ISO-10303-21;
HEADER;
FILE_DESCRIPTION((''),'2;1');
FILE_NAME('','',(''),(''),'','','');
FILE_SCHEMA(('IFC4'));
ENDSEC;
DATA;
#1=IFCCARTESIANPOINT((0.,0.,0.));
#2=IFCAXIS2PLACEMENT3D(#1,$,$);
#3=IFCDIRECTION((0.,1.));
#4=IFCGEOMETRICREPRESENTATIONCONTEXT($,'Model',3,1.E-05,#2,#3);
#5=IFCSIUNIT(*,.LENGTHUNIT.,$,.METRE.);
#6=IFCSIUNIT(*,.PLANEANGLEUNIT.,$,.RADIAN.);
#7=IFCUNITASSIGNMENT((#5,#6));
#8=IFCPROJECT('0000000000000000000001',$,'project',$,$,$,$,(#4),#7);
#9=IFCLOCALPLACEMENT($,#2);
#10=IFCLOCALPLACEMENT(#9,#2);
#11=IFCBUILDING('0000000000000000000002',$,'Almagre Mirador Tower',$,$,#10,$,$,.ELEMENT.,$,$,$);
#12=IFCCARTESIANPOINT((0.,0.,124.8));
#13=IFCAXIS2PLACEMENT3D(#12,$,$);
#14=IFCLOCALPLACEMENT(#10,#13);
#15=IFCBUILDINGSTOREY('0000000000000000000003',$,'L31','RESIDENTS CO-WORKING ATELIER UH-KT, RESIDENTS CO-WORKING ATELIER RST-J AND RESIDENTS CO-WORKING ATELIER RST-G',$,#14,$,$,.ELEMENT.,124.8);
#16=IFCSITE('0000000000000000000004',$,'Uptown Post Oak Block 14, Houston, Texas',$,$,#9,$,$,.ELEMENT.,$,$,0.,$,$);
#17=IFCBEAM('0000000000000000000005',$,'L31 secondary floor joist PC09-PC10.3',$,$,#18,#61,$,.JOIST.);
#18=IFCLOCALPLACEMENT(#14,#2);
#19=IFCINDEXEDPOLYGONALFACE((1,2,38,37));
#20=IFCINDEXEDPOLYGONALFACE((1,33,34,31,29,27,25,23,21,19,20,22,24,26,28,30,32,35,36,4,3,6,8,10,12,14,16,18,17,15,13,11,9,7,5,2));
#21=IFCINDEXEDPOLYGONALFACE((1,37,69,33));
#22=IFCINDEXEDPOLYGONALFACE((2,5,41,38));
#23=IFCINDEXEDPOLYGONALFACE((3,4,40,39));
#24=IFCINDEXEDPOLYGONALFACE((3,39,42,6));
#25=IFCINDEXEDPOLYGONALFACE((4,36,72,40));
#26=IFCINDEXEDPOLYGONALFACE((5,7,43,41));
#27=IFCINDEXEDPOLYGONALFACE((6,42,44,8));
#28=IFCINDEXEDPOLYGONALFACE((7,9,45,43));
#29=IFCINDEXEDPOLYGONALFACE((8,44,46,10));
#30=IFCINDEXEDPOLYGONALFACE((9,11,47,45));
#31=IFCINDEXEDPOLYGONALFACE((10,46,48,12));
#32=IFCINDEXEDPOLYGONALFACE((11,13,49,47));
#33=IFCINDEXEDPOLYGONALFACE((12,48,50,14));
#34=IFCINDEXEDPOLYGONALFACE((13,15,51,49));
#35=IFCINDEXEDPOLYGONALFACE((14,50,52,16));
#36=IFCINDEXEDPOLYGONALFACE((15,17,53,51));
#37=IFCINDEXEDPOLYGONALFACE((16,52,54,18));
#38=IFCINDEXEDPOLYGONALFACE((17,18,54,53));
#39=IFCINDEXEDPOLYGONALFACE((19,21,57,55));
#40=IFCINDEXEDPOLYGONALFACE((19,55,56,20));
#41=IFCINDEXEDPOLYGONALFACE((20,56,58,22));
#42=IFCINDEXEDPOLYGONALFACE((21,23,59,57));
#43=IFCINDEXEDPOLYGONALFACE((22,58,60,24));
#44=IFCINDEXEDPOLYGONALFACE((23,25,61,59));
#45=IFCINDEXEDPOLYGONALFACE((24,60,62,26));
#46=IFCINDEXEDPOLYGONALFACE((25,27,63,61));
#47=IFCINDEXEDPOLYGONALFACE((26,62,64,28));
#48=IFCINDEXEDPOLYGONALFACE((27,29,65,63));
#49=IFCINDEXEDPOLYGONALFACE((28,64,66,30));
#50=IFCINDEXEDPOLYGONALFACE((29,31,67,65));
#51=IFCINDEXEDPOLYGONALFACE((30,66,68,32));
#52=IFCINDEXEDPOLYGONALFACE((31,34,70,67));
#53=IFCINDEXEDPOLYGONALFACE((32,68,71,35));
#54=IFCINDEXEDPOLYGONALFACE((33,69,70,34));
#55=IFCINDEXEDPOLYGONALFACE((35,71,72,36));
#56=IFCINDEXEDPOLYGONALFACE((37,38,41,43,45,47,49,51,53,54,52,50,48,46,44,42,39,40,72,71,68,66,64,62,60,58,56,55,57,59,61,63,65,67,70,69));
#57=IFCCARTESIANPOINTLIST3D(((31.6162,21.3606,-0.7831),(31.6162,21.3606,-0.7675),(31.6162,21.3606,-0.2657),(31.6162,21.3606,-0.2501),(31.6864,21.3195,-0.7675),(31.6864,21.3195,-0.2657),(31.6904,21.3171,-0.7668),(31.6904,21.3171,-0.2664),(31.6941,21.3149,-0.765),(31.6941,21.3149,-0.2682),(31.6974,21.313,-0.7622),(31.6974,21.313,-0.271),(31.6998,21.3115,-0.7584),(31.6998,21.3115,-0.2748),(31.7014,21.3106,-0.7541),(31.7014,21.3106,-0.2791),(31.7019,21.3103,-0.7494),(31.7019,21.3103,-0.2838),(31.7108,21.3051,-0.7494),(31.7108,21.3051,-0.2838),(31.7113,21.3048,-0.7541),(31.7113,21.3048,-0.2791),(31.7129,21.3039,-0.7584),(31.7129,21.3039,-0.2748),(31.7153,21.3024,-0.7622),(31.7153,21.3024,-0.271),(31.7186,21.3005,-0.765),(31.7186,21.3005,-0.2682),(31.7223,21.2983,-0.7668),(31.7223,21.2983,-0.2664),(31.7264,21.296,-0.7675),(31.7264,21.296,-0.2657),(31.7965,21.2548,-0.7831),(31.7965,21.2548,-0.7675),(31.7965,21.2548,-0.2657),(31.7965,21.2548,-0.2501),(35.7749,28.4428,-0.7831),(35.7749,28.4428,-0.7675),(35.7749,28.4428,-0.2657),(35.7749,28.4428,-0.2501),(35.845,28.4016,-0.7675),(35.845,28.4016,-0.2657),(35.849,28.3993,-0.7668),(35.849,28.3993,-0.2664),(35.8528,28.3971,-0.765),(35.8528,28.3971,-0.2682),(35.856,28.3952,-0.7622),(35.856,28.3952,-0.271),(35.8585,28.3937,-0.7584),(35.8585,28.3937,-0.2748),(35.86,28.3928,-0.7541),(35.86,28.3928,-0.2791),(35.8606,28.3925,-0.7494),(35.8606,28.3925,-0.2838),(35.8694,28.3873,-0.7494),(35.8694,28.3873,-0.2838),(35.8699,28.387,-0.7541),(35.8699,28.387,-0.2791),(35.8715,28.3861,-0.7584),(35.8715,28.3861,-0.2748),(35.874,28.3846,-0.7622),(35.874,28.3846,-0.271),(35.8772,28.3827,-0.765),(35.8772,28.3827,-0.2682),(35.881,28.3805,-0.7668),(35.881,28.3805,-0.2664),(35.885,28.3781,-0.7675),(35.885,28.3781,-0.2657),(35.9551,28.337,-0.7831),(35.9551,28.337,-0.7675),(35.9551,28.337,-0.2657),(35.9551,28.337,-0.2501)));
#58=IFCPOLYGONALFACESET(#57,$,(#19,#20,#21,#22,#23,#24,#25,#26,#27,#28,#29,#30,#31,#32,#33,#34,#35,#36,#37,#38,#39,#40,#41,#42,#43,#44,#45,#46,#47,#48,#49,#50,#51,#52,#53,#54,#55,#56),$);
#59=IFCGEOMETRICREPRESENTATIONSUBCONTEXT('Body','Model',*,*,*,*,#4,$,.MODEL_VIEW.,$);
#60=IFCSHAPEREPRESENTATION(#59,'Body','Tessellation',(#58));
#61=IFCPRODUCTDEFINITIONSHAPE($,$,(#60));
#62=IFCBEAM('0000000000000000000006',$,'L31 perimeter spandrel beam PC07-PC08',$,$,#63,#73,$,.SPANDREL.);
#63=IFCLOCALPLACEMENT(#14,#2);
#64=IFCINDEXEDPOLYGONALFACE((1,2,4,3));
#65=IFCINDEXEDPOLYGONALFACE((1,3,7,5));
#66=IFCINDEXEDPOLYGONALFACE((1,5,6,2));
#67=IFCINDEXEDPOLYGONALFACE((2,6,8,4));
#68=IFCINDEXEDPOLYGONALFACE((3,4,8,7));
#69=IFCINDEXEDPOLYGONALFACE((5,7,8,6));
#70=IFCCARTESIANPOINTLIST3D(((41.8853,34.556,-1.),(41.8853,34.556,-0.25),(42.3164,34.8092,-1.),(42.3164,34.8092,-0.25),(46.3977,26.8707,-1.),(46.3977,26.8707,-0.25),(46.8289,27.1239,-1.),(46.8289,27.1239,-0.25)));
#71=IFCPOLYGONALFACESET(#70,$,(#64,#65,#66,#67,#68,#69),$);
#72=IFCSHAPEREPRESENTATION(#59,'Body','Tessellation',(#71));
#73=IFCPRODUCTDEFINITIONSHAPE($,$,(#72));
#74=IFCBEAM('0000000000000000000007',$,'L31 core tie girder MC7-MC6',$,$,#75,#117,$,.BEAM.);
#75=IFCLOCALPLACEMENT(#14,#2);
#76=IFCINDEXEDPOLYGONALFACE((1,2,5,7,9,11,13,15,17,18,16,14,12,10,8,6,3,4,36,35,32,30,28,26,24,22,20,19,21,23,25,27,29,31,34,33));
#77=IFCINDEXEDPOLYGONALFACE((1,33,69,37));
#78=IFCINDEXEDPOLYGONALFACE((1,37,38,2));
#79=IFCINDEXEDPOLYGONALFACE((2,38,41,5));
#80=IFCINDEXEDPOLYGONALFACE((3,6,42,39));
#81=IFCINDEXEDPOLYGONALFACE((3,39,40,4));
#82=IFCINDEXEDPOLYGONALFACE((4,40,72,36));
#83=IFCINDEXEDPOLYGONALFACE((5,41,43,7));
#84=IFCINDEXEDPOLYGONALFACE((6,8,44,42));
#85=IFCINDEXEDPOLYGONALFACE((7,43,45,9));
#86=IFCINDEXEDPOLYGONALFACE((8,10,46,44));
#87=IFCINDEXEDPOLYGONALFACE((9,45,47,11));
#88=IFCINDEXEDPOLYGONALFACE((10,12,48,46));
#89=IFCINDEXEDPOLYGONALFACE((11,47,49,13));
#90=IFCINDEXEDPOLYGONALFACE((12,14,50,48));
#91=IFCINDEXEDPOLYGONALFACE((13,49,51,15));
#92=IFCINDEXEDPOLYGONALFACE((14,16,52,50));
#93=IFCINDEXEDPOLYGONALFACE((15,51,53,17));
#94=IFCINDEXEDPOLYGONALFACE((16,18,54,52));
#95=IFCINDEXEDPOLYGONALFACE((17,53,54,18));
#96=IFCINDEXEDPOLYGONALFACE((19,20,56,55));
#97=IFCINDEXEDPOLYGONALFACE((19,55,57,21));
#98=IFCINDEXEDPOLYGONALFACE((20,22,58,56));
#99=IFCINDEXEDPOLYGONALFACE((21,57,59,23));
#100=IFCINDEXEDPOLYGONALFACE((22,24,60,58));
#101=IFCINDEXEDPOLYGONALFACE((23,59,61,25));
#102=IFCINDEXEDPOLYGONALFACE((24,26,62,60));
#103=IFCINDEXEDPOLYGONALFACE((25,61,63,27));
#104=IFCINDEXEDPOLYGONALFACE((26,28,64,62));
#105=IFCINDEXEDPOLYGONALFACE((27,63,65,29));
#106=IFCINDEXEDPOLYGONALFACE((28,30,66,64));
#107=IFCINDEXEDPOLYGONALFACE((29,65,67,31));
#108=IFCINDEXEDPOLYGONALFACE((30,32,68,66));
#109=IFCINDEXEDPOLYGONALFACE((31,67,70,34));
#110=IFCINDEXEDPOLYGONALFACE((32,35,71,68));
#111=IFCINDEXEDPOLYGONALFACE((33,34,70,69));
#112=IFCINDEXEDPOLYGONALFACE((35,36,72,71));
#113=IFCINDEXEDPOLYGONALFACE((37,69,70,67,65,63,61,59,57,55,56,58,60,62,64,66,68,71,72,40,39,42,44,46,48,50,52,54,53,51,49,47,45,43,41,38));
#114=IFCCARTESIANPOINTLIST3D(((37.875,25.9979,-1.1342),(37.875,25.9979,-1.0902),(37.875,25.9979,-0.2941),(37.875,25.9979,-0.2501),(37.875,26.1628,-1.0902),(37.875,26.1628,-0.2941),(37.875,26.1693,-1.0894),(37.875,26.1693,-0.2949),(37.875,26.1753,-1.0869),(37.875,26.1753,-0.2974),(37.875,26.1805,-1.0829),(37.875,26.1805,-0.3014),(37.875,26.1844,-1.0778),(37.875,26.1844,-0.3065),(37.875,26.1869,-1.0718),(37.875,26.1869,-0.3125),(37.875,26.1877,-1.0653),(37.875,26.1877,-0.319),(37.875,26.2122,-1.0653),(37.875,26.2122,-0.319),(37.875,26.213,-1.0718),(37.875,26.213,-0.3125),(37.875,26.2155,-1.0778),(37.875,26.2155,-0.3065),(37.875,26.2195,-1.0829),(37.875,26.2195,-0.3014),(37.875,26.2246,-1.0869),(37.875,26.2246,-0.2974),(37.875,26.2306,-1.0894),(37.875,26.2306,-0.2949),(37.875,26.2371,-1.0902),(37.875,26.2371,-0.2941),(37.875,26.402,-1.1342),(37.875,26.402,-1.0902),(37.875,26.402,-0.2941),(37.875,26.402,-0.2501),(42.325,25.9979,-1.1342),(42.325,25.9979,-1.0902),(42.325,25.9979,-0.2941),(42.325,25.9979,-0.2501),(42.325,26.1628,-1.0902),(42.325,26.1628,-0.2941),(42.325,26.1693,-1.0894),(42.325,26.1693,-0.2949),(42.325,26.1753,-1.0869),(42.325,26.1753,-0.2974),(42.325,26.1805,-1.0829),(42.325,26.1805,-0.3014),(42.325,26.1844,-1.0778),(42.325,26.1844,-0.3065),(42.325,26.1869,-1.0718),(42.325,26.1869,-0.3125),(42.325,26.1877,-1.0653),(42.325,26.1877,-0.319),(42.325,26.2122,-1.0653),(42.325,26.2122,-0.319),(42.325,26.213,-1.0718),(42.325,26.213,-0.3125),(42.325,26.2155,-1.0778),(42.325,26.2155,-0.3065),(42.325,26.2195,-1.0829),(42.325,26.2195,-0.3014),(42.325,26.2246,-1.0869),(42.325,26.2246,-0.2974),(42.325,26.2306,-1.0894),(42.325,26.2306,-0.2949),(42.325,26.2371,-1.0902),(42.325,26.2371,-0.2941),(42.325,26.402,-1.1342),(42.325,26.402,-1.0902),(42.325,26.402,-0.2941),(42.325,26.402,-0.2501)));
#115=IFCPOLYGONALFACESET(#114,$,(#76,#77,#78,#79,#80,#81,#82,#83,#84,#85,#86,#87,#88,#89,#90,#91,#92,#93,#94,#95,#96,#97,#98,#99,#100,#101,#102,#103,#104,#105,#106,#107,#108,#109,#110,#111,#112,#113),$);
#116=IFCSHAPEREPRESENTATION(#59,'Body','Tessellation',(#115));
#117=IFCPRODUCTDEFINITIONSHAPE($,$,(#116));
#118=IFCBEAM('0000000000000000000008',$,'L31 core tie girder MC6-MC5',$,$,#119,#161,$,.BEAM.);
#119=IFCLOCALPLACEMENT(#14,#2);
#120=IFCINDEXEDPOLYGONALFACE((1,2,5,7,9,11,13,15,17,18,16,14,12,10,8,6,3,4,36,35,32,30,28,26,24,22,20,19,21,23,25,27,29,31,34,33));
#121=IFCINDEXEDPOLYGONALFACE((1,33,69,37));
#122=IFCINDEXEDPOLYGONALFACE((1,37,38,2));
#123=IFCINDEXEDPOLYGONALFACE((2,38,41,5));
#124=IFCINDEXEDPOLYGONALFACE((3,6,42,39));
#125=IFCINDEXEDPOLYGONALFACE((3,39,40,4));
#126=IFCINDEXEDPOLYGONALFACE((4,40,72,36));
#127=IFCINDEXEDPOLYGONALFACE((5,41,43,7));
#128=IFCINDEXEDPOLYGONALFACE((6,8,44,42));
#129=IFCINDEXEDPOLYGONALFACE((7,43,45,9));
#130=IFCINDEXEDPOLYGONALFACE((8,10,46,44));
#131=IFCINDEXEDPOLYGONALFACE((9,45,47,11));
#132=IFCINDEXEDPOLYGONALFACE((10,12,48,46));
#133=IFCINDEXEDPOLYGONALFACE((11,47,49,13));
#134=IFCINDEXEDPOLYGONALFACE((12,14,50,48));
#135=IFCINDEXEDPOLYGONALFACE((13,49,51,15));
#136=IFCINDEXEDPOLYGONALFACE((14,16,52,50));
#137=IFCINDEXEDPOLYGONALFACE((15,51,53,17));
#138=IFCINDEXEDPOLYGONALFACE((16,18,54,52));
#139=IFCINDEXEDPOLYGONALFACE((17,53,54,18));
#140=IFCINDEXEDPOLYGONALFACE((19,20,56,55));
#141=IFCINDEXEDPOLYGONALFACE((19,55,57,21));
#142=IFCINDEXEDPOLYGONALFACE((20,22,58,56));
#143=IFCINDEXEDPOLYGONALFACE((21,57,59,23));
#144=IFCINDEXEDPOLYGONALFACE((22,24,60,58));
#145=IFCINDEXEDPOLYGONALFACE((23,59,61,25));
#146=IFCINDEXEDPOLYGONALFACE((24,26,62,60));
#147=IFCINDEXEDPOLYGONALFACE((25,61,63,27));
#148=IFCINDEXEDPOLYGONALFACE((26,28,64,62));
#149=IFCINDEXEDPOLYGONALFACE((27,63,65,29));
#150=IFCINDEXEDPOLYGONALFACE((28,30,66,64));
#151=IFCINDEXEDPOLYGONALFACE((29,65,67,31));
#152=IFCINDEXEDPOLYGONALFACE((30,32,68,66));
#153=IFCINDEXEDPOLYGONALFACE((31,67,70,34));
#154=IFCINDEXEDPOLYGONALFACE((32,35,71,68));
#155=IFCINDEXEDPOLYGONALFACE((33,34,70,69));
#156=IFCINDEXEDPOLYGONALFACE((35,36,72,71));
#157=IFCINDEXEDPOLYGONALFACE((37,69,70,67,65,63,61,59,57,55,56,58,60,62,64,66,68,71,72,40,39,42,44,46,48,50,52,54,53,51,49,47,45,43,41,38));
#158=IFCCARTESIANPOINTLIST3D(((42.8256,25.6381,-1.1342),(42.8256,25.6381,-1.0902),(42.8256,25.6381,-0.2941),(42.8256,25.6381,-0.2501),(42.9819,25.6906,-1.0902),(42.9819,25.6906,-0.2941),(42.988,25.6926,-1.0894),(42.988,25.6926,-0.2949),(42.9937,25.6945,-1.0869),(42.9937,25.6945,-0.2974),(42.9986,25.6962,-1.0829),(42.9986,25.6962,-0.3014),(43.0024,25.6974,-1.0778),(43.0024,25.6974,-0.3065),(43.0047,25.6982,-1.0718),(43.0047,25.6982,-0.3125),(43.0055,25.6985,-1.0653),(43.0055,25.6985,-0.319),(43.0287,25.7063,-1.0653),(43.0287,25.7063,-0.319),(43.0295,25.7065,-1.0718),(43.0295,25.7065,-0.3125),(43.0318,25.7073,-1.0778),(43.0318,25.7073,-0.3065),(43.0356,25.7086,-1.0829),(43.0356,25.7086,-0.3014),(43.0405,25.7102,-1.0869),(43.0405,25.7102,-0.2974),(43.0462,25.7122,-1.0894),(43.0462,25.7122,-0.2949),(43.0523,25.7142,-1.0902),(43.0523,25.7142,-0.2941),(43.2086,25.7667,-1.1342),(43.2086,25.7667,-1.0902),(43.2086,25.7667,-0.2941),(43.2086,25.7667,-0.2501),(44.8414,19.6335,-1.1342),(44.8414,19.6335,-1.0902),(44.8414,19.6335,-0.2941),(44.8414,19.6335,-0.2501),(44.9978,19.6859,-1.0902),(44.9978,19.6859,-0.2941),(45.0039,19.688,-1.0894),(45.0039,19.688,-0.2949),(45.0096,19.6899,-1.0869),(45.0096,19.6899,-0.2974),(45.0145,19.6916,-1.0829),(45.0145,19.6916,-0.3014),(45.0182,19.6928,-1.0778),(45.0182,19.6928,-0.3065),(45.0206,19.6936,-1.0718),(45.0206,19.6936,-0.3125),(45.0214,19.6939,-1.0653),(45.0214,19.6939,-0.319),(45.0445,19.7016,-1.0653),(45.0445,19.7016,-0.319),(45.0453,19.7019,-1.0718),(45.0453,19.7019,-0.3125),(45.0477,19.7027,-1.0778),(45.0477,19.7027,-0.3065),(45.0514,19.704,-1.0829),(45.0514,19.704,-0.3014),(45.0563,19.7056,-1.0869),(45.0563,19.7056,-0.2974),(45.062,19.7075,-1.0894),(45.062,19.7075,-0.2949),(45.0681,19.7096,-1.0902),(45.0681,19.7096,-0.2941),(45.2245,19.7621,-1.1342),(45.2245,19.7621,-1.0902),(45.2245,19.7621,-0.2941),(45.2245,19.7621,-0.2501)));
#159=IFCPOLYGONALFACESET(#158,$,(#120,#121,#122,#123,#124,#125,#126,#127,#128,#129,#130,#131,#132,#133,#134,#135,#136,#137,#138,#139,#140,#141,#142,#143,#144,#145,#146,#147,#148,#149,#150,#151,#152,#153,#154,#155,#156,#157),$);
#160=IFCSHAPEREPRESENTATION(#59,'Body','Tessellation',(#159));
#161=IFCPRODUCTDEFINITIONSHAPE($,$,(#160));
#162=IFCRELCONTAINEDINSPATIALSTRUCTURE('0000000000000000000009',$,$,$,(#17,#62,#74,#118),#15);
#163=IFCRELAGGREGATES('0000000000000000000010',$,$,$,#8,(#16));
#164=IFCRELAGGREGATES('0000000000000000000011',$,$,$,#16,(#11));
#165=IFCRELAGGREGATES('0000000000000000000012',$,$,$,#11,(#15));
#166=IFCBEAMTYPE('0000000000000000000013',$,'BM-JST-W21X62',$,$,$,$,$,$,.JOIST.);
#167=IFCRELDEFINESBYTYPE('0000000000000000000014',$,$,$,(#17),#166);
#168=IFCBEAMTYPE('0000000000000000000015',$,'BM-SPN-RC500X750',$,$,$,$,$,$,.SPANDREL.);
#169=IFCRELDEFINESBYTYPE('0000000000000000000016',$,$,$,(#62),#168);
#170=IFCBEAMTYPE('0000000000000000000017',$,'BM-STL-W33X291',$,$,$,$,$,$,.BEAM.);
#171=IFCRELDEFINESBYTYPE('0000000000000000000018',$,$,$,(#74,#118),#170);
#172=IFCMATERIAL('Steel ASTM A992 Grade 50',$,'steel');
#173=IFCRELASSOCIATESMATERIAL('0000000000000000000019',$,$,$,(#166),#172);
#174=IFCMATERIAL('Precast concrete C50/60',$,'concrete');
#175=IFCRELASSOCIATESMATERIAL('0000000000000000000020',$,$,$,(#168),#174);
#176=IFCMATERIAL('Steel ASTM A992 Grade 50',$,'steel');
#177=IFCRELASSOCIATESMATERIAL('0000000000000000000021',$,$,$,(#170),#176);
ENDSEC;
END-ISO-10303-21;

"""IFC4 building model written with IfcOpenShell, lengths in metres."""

from ifc_helpers import new_model, si_unit, direction, frame, origin, origin_2d, place, context, subcontext, project, spatial, rectangle, i_section, extrude, material, material_profile, profile_set, type_object, element, save


model = new_model("IFC4")

# Units and contexts
model_context = context("Model", 3, precision=1e-05, world=origin(), true_north=direction((0.0, 1.0)))
body_context = subcontext(model_context, "Body", "Model", "MODEL_VIEW")
ifc_project = project(units=[si_unit("LENGTHUNIT", "METRE"), si_unit("PLANEANGLEUNIT", "RADIAN")], contexts=[model_context])

# Site, building, storey
site_placement = place(None, origin())
site = spatial("IfcSite", under=ifc_project, at=site_placement, Name="Uptown Post Oak Block 14, Houston, Texas", CompositionType="ELEMENT", RefElevation=0.0)
building_placement = place(site_placement, origin())
building = spatial("IfcBuilding", under=site, at=building_placement, Name="Almagre Mirador Tower", CompositionType="ELEMENT")
storey_placement = place(building_placement, frame((0.0, 0.0, 124.8)))
storey = spatial("IfcBuildingStorey", under=building, at=storey_placement, Name="L31", Description="RESIDENTS CO-WORKING ATELIER UH-KT, RESIDENTS CO-WORKING ATELIER RST-J AND RESIDENTS CO-WORKING ATELIER RST-G", CompositionType="ELEMENT", Elevation=124.8)

# Beams
ifc_material_1 = material(Name="Steel ASTM A992 Grade 50", Category="steel")
ifc_material_profile_1 = material_profile(ifc_material_1, i_section(OverallWidth=0.209, OverallDepth=0.533, WebThickness=0.0103, FlangeThickness=0.0156, FilletRadius=0.0181, at=origin_2d()), Name="W21X62")
ifc_profile_set_1 = profile_set([ifc_material_profile_1], Name="Steel ASTM A992 Grade 50")
beam_type_1 = type_object("IfcBeamType", Name="BM-JST-W21X62", PredefinedType="JOIST", material=ifc_profile_set_1)
beam_1_placement = place(storey_placement, frame((35.865, 28.3899, -0.5166), z_axis=(-0.506355, -0.862325, 0.0), x_axis=(0.862325, -0.506355, 0.0)))
element("IfcBeam", 1, at=beam_1_placement, inside=storey, type_object=beam_type_1, Name="L31 secondary floor joist PC09-PC10.3", PredefinedType="JOIST", context=body_context, shape_type="SweptSolid", body=[
    extrude(i_section(OverallWidth=0.209, OverallDepth=0.533, WebThickness=0.0103, FlangeThickness=0.0156, FilletRadius=0.0181, at=origin_2d()), origin(), (0.0, 0.0, 1.0), 8.2129),
])
ifc_material_2 = material(Name="Precast concrete C50/60", Category="concrete")
ifc_material_profile_2 = material_profile(ifc_material_2, rectangle(XDim=0.5, YDim=0.75, at=origin_2d()), Name="RC500X750")
ifc_profile_set_2 = profile_set([ifc_material_profile_2], Name="Precast concrete C50/60")
beam_type_2 = type_object("IfcBeamType", Name="BM-SPN-RC500X750", PredefinedType="SPANDREL", material=ifc_profile_set_2)
beam_2_placement = place(storey_placement, frame((46.6133, 26.9973, -0.625), z_axis=(-0.506327, 0.862342, 0.0), x_axis=(-0.862342, -0.506327, 0.0)))
element("IfcBeam", 2, at=beam_2_placement, inside=storey, type_object=beam_type_2, Name="L31 perimeter spandrel beam PC07-PC08", PredefinedType="SPANDREL", context=body_context, shape_type="SweptSolid", body=[
    extrude(rectangle(XDim=0.5, YDim=0.75, at=origin_2d()), origin(), (0.0, 0.0, 1.0), 8.9121),
])
ifc_material_3 = material(Name="Steel ASTM A992 Grade 50", Category="steel")
ifc_material_profile_3 = material_profile(ifc_material_3, i_section(OverallWidth=0.4041, OverallDepth=0.884, WebThickness=0.0244, FlangeThickness=0.0439, FilletRadius=0.0249, at=origin_2d()), Name="W33X291")
ifc_profile_set_3 = profile_set([ifc_material_profile_3], Name="Steel ASTM A992 Grade 50")
beam_type_3 = type_object("IfcBeamType", Name="BM-STL-W33X291", PredefinedType="BEAM", material=ifc_profile_set_3)
beam_3_placement = place(storey_placement, frame((37.875, 26.2, -0.6921), z_axis=(1.0, 0.0, 0.0), x_axis=(0.0, 1.0, 0.0)))
element("IfcBeam", 3, at=beam_3_placement, inside=storey, type_object=beam_type_3, Name="L31 core tie girder MC7-MC6", PredefinedType="BEAM", context=body_context, shape_type="SweptSolid", body=[
    extrude(i_section(OverallWidth=0.4041, OverallDepth=0.884, WebThickness=0.0244, FlangeThickness=0.0439, FilletRadius=0.0249, at=origin_2d()), origin(), (0.0, 0.0, 1.0), 4.45),
])
beam_4_placement = place(storey_placement, frame((43.0171, 25.7024, -0.6921), z_axis=(0.318262, -0.948003, 0.0), x_axis=(0.948003, 0.318262, 0.0)))
element("IfcBeam", 4, at=beam_4_placement, inside=storey, type_object=beam_type_3, Name="L31 core tie girder MC6-MC5", PredefinedType="BEAM", context=body_context, shape_type="SweptSolid", body=[
    extrude(i_section(OverallWidth=0.4041, OverallDepth=0.884, WebThickness=0.0244, FlangeThickness=0.0439, FilletRadius=0.0249, at=origin_2d()), origin(), (0.0, 0.0, 1.0), 6.334),
])

save(model, "model.ifc")
